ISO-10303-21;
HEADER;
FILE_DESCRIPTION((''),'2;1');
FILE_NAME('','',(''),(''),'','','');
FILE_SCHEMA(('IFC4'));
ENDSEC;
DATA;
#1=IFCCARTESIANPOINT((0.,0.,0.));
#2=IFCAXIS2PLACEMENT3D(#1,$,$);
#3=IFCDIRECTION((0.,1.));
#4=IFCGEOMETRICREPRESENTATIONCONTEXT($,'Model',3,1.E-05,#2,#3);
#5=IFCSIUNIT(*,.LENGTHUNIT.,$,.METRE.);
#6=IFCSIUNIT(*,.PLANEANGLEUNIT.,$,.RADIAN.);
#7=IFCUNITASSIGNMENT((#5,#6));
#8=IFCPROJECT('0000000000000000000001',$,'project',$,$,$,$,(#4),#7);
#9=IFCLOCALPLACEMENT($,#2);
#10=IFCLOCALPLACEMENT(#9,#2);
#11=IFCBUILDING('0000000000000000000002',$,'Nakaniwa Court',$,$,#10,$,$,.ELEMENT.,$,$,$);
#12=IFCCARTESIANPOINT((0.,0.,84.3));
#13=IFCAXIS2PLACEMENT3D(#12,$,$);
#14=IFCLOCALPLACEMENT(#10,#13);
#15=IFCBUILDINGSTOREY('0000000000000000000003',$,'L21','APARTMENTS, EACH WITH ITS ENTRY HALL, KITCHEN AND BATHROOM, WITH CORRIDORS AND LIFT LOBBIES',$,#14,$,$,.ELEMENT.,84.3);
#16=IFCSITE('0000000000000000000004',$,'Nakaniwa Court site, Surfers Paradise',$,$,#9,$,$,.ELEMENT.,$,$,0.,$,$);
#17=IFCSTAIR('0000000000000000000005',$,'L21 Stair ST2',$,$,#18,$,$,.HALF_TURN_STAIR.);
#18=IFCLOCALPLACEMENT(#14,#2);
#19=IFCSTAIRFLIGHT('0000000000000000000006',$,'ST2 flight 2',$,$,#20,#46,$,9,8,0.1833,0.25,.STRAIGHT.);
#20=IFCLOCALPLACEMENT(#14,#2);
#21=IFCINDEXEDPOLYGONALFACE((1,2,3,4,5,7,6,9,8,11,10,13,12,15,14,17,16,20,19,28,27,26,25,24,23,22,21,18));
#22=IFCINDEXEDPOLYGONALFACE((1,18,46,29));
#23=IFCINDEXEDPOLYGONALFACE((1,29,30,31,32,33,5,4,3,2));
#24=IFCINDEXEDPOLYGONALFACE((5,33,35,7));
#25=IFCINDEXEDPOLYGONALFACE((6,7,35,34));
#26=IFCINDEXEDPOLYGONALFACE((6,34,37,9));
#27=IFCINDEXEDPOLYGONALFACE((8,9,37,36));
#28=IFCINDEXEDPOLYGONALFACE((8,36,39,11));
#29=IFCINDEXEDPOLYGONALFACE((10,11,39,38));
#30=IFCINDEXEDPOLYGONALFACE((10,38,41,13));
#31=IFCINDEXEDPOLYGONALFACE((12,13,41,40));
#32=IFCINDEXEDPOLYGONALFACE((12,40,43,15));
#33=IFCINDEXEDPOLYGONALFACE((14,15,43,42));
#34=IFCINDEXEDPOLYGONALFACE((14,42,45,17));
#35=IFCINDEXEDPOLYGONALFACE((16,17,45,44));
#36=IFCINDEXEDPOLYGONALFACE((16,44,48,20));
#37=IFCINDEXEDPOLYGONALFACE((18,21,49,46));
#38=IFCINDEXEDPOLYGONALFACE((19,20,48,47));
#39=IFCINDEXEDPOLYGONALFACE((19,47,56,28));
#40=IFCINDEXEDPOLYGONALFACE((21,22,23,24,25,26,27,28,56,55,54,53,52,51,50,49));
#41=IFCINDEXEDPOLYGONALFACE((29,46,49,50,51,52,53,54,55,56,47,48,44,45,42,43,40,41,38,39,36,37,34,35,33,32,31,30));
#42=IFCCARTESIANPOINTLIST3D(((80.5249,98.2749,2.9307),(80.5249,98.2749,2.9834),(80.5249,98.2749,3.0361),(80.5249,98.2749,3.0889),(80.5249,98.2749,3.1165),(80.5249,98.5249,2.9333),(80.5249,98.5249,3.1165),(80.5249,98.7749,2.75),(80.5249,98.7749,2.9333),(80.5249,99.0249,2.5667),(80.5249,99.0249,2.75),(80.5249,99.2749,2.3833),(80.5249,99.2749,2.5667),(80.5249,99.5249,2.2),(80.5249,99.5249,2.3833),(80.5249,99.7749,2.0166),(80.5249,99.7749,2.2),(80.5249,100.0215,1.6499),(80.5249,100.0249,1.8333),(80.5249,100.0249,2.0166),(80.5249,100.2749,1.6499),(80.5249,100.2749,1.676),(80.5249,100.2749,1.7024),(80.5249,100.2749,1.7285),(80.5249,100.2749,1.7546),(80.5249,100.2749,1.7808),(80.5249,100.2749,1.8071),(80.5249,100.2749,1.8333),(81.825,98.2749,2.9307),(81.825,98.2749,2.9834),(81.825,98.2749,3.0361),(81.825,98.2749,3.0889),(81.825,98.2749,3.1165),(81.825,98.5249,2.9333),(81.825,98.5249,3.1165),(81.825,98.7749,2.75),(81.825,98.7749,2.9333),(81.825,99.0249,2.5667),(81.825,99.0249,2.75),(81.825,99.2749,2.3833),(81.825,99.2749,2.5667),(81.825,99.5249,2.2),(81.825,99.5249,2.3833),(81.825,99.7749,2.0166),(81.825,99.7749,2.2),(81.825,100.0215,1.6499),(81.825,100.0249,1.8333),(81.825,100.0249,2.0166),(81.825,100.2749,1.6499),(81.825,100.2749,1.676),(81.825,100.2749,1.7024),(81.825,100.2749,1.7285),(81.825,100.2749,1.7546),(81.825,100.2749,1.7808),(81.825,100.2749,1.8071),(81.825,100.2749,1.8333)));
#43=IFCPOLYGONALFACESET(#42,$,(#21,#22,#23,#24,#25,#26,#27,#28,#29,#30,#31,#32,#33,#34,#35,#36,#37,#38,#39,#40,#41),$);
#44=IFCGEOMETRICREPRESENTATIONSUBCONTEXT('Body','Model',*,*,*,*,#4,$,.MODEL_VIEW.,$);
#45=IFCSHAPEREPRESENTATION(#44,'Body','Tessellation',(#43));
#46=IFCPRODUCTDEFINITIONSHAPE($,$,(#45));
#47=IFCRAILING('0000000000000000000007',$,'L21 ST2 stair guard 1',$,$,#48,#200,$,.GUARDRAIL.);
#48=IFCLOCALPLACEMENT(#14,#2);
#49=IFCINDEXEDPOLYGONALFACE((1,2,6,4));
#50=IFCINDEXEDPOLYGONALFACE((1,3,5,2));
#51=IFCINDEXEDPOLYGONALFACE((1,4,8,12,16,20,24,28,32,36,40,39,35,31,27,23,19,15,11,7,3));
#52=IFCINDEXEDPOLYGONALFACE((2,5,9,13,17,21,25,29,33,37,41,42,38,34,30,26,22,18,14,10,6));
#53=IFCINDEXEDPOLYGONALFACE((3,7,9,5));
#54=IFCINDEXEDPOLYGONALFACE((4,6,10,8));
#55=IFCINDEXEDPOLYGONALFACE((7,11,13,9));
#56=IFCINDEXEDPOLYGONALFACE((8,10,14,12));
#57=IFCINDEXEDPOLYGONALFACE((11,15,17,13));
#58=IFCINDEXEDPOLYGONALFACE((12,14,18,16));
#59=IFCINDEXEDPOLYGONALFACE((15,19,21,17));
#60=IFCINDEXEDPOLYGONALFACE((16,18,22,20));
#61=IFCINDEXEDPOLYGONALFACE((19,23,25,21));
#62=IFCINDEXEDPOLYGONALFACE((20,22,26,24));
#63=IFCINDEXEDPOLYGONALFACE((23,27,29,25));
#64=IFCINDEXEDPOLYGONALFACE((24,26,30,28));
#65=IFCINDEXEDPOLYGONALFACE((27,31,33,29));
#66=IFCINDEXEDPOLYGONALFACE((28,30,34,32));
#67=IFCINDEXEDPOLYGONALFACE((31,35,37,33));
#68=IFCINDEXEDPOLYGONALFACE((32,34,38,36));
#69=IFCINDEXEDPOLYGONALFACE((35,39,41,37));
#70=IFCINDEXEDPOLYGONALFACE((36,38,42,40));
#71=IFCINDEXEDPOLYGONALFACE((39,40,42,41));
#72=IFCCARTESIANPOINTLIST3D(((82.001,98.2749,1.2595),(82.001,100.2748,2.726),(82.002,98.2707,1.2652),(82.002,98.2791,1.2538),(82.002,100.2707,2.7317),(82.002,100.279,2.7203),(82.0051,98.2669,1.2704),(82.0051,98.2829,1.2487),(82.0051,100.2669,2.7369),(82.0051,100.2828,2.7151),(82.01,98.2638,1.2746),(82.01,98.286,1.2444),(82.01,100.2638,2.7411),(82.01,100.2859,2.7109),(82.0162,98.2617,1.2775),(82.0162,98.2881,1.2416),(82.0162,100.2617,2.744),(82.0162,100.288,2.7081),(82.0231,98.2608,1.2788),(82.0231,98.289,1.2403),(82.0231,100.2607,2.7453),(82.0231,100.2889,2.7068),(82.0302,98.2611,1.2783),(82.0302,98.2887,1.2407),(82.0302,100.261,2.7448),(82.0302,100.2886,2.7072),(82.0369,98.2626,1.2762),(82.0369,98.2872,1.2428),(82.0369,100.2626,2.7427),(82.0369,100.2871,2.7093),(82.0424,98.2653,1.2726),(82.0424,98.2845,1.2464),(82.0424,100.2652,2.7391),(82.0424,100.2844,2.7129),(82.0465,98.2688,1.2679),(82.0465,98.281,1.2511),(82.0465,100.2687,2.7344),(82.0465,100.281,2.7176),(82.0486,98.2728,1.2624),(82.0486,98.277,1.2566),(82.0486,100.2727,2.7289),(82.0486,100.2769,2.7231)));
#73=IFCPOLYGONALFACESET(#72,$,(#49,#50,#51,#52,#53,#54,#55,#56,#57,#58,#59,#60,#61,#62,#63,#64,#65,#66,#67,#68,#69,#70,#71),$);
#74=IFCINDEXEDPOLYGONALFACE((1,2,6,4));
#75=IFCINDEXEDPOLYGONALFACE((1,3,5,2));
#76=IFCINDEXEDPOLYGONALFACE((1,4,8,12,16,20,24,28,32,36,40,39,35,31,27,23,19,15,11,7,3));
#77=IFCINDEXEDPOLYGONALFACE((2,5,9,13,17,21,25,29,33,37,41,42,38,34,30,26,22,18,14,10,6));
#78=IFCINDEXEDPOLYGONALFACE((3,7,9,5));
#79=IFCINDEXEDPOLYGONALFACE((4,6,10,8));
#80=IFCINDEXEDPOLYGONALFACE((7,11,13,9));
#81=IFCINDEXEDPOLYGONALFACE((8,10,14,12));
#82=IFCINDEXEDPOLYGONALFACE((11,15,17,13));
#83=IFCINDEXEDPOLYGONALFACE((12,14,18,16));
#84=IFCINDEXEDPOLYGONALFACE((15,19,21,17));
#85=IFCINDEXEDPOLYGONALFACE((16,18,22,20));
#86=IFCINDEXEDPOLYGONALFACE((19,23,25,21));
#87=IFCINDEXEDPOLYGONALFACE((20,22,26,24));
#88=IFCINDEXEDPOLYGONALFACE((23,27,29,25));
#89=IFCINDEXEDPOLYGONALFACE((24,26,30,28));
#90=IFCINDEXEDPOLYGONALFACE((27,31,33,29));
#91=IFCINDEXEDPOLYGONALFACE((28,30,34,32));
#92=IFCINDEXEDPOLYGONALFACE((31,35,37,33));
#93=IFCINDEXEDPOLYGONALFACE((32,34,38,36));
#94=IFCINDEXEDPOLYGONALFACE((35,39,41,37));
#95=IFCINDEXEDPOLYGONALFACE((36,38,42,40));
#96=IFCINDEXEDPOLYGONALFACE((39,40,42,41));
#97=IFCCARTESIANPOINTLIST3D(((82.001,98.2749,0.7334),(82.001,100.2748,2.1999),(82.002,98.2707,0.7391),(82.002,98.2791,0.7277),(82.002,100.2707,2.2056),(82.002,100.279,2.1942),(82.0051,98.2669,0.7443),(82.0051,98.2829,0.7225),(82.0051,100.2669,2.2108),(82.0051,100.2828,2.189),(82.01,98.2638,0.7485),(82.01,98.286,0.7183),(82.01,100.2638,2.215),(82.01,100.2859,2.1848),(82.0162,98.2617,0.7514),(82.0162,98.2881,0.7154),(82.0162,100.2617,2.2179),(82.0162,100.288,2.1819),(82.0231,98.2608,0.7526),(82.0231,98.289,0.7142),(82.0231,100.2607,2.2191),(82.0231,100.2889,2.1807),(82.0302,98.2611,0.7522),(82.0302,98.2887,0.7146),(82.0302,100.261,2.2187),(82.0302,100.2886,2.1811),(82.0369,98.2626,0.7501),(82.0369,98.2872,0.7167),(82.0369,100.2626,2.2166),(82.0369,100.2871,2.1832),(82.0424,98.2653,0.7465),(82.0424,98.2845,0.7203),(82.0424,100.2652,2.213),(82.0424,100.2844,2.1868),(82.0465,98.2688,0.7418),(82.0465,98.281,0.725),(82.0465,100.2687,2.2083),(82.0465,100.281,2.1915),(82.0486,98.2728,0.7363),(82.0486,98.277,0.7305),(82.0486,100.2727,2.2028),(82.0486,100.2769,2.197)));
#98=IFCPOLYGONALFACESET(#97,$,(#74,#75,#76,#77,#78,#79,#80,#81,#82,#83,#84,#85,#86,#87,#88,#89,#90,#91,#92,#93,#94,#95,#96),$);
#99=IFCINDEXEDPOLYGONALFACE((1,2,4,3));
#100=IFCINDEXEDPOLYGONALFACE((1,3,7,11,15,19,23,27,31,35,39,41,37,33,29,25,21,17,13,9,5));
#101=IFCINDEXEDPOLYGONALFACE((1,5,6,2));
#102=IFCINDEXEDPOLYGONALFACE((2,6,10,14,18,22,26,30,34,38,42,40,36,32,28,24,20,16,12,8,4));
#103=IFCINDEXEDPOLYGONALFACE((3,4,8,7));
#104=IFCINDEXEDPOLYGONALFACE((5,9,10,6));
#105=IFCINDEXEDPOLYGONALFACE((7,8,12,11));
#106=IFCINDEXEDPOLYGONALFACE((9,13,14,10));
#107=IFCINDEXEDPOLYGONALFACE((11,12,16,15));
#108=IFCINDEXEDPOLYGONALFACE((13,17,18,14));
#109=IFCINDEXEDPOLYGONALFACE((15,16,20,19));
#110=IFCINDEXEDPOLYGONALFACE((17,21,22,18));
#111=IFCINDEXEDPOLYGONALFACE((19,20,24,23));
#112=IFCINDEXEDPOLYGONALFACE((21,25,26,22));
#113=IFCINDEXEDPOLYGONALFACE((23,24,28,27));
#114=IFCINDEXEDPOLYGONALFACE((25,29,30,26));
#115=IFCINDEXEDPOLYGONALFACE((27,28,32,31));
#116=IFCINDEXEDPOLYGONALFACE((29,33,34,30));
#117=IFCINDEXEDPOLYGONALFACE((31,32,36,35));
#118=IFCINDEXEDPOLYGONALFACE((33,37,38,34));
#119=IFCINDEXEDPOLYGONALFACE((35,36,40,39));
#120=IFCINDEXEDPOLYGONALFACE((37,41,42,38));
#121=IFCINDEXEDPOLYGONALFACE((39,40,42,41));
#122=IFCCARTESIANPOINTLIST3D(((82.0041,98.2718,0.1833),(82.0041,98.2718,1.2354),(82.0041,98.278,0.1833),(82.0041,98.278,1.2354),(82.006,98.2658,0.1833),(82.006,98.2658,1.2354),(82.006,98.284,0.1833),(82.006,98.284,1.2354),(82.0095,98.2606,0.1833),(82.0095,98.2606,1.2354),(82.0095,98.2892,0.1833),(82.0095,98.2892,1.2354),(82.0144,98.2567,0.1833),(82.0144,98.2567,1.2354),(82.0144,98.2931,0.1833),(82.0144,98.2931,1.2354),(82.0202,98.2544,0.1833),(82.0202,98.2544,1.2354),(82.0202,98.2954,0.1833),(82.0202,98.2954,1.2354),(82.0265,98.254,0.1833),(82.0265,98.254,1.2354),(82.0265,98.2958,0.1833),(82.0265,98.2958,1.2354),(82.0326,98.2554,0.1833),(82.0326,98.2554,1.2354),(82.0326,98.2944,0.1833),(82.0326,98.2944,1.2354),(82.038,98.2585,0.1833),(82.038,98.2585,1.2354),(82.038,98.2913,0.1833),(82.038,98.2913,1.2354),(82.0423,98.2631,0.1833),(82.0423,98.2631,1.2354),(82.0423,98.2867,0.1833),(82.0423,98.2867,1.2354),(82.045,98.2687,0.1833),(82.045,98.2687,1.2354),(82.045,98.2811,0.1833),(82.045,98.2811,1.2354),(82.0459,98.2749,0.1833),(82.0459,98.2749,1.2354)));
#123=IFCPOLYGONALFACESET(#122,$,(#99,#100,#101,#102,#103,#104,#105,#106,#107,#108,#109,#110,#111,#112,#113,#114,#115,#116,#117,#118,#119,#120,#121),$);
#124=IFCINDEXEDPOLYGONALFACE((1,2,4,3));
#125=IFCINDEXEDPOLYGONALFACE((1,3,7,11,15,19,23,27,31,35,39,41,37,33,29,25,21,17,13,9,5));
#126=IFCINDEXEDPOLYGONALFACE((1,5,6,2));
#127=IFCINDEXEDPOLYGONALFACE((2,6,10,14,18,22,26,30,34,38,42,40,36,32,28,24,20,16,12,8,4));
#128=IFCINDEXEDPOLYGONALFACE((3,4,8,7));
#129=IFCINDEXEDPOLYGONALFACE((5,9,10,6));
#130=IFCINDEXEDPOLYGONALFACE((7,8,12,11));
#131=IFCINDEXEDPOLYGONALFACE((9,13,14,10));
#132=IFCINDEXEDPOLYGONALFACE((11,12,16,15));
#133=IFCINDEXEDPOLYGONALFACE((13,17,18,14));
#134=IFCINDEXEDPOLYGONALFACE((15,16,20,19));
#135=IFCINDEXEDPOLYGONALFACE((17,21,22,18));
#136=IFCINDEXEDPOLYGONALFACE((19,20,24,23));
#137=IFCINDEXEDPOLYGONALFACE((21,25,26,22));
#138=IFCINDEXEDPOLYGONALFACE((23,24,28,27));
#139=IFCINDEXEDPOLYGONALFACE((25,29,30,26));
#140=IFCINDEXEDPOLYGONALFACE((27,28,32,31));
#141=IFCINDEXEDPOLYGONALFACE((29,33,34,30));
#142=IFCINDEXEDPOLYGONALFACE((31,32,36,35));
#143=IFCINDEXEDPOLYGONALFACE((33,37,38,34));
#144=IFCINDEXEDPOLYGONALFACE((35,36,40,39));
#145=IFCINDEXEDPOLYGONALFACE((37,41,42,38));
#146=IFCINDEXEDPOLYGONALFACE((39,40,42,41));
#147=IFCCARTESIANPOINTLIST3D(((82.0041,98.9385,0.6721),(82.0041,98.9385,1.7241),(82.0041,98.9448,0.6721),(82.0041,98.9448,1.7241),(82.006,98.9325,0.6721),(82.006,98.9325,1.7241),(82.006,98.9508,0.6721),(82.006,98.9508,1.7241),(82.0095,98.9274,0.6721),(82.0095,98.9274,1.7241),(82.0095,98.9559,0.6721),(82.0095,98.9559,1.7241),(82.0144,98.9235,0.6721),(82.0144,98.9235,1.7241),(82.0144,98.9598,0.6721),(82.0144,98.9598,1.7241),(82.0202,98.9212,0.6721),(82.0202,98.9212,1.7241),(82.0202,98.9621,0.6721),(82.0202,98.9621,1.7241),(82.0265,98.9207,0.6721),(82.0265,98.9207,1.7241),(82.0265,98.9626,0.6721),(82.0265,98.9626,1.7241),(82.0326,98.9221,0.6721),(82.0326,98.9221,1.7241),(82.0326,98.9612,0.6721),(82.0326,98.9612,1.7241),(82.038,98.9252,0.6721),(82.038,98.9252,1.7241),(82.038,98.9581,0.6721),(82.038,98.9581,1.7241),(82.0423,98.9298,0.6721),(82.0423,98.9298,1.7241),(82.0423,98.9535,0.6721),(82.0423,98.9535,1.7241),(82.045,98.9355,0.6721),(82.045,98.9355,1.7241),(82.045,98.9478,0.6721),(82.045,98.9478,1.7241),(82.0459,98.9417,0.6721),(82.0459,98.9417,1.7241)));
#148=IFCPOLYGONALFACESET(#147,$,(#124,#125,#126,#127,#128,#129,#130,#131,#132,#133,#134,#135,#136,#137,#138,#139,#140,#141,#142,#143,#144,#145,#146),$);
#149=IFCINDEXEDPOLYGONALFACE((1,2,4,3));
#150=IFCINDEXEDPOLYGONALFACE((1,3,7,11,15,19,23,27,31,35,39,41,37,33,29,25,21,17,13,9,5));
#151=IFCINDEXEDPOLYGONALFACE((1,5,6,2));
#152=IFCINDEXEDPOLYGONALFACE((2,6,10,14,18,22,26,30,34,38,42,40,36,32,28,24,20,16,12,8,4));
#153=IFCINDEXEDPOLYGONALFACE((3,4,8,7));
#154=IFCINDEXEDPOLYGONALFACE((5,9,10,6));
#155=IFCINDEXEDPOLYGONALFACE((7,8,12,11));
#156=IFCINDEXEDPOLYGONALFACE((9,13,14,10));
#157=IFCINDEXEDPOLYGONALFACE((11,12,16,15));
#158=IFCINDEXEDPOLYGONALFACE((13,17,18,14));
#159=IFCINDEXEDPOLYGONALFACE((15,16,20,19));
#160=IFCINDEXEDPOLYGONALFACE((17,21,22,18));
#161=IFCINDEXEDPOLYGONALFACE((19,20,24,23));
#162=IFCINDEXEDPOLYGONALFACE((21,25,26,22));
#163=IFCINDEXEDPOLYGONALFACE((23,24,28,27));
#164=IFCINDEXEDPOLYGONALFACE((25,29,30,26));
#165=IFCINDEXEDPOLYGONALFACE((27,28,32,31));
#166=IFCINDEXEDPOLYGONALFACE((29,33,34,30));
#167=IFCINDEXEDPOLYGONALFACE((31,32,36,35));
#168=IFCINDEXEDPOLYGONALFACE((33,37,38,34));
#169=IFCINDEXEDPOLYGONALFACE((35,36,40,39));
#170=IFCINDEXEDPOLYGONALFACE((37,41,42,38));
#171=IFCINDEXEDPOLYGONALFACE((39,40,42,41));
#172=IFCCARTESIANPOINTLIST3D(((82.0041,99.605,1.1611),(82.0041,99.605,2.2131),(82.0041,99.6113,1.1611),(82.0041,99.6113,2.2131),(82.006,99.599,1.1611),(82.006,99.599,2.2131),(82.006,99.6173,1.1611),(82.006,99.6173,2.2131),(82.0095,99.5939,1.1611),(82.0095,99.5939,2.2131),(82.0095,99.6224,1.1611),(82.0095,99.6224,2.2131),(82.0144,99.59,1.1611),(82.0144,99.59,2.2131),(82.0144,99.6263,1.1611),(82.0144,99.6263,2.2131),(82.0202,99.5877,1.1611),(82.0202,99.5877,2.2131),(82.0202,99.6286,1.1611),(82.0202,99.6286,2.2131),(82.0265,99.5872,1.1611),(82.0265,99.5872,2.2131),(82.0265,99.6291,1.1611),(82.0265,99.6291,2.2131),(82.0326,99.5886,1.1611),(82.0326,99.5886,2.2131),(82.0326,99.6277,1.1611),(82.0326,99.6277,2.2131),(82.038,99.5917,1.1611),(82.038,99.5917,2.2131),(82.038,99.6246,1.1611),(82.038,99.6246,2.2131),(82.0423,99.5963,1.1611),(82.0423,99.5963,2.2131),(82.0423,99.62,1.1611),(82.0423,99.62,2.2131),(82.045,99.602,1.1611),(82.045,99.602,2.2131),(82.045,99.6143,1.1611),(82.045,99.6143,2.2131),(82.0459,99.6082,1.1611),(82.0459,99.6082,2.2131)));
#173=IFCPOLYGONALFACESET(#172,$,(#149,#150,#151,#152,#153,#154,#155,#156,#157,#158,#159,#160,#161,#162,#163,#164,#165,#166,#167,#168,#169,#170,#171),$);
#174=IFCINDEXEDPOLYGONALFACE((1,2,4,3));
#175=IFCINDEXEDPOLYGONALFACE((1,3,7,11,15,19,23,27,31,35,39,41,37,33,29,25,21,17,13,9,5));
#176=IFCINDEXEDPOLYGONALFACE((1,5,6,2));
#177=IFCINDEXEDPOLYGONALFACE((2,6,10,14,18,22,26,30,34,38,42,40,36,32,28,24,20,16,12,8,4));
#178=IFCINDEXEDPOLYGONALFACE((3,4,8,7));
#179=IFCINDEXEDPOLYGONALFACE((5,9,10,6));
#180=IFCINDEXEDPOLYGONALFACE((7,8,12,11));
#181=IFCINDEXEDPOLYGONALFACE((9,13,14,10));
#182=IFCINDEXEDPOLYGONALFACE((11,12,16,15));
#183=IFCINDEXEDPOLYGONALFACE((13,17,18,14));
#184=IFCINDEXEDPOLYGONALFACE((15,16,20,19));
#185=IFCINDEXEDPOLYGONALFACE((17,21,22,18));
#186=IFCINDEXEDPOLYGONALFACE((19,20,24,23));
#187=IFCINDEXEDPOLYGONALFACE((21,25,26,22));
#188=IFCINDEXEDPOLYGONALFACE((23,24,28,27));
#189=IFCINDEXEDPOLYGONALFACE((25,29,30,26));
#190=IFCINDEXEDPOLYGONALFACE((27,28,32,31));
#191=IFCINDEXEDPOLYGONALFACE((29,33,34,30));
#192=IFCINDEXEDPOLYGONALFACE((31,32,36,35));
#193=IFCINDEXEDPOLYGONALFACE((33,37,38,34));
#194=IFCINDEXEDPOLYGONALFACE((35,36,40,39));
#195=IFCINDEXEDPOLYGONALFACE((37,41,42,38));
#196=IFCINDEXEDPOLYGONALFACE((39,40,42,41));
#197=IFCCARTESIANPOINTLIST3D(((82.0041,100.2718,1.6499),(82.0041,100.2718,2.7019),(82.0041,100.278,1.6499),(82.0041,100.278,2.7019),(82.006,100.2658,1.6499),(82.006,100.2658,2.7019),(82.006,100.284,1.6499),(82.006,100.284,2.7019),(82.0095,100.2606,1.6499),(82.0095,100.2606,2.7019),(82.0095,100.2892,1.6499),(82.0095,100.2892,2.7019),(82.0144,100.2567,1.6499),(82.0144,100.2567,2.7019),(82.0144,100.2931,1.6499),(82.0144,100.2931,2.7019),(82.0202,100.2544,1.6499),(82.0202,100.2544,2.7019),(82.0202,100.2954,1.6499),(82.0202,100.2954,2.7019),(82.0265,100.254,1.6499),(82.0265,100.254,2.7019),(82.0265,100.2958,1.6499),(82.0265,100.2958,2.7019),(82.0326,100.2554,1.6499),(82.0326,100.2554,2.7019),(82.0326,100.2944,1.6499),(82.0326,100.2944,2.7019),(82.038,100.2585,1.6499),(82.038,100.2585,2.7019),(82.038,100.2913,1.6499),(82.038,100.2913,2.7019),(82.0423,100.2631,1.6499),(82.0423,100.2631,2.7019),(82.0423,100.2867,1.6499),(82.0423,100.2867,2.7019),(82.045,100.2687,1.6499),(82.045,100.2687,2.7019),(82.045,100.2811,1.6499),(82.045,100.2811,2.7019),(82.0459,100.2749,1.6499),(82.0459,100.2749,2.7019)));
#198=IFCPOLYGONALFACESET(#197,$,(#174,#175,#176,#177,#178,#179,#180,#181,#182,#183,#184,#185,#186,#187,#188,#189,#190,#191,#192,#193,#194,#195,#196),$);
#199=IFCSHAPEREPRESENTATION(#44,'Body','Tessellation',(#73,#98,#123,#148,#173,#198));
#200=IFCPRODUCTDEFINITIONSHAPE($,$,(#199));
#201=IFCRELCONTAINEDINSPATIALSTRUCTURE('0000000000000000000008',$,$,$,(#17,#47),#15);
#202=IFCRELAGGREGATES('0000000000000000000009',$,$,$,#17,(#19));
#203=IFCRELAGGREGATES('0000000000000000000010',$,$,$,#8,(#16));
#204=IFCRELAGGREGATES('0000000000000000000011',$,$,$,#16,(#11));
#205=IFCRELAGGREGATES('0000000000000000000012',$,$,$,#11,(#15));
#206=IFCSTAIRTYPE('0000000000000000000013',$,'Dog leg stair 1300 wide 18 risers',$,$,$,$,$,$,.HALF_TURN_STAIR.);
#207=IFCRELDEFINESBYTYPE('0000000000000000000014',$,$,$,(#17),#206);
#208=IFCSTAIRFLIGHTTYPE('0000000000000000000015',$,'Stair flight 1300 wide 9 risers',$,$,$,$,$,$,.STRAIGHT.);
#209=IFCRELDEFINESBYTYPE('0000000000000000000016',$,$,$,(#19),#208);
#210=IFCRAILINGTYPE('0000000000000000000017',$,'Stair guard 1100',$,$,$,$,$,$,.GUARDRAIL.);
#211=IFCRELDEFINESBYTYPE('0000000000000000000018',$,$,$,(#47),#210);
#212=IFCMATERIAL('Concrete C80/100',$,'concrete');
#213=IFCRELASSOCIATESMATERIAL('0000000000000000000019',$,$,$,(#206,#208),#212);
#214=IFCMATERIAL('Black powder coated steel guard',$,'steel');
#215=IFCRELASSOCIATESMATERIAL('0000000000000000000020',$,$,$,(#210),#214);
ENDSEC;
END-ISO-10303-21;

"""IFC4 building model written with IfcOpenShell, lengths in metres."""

from ifc_helpers import new_model, si_unit, direction, frame, origin, origin_2d, place, context, subcontext, project, spatial, polyline, circle, outline, extrude, material, type_object, element, aggregate, save


model = new_model("IFC4")

# Units and contexts
model_context = context("Model", 3, precision=1e-05, world=origin(), true_north=direction((0.0, 1.0)))
body_context = subcontext(model_context, "Body", "Model", "MODEL_VIEW")
ifc_project = project(units=[si_unit("LENGTHUNIT", "METRE"), si_unit("PLANEANGLEUNIT", "RADIAN")], contexts=[model_context])

# Site, building, storey
site_placement = place(None, origin())
site = spatial("IfcSite", under=ifc_project, at=site_placement, Name="Nakaniwa Court site, Surfers Paradise", CompositionType="ELEMENT", RefElevation=0.0)
building_placement = place(site_placement, origin())
building = spatial("IfcBuilding", under=site, at=building_placement, Name="Nakaniwa Court", CompositionType="ELEMENT")
storey_placement = place(building_placement, frame((0.0, 0.0, 84.3)))
storey = spatial("IfcBuildingStorey", under=building, at=storey_placement, Name="L21", Description="APARTMENTS, EACH WITH ITS ENTRY HALL, KITCHEN AND BATHROOM, WITH CORRIDORS AND LIFT LOBBIES", CompositionType="ELEMENT", Elevation=84.3)

# Shared definitions
ifc_material_1 = material(Name="Concrete C80/100", Category="concrete")

# Stair, stair flight
stair_type = type_object("IfcStairType", Name="Dog leg stair 1300 wide 18 risers", PredefinedType="HALF_TURN_STAIR", material=ifc_material_1)
stair_placement = place(storey_placement, origin())
stair = element("IfcStair", 1, at=stair_placement, inside=storey, type_object=stair_type, Name="L21 Stair ST2", PredefinedType="HALF_TURN_STAIR")
stair_flight_type = type_object("IfcStairFlightType", Name="Stair flight 1300 wide 9 risers", PredefinedType="STRAIGHT", material=ifc_material_1)
stair_flight_1_placement = place(storey_placement, frame((81.175, 100.2749, 1.6499), z_axis=(0.0, 0.0, 1.0), x_axis=(0.0, -1.0, 0.0)))
stair_flight_1 = element("IfcStairFlight", 2, at=stair_flight_1_placement, type_object=stair_flight_type, Name="ST2 flight 2", NumberOfRisers=9, NumberOfTreads=8, PredefinedType="STRAIGHT", RiserHeight=0.1833, TreadLength=0.25, context=body_context, shape_type="SweptSolid", body=[
    extrude(outline(polyline([(0.0, 0.0), (0.0, 0.0261), (0.0, 0.0525), (0.0, 0.0786), (0.0, 0.1047), (0.0, 0.1309), (0.0, 0.1572), (0.0, 0.1833), (0.25, 0.1833), (0.25, 0.3667), (0.5, 0.3667), (0.5, 0.55), (0.75, 0.55), (0.75, 0.7334), (1.0, 0.7334), (1.0, 0.9167), (1.25, 0.9167), (1.25, 1.1001), (1.5, 1.1001), (1.5, 1.2834), (1.75, 1.2834), (1.75, 1.4666), (2.0, 1.4666), (2.0, 1.6499), (2.0, 1.5972), (2.0, 1.5444), (2.0, 1.4917), (2.0, 1.439), (2.0, 1.3862), (2.0, 1.3335), (2.0, 1.2808), (0.2534, 0.0), (0.0, 0.0)])), frame((0.0, 0.6499, 0.0), z_axis=(0.0, -1.0, 0.0), x_axis=(1.0, 0.0, 0.0)), (0.0, 0.0, 1.0), 1.3),
])
aggregate(stair, [stair_flight_1])

# Railing
ifc_material_2 = material(Name="Black powder coated steel guard", Category="steel")
railing_type_1 = type_object("IfcRailingType", Name="Stair guard 1100", PredefinedType="GUARDRAIL", material=ifc_material_2)
railing_1_placement = place(storey_placement, frame((82.0249, 98.2749, 0.1833)))
element("IfcRailing", 3, at=railing_1_placement, inside=storey, type_object=railing_type_1, Name="L21 ST2 stair guard 1", PredefinedType="GUARDRAIL", context=body_context, shape_type="SweptSolid", body=[
    extrude(circle(Radius=0.0239, at=origin_2d()), frame((0.0, 0.0, 1.0762), z_axis=(0.0, 0.806427, 0.591334), x_axis=(-1.0, 0.0, 0.0)), (0.0, 0.0, 1.0), 2.48),
    extrude(circle(Radius=0.0239, at=origin_2d()), frame((0.0, 0.0, 0.55), z_axis=(0.0, 0.806427, 0.591334), x_axis=(-1.0, 0.0, 0.0)), (0.0, 0.0, 1.0), 2.48),
    extrude(circle(Radius=0.021, at=origin_2d()), origin(), (0.0, 0.0, 1.0), 1.052),
    extrude(circle(Radius=0.021, at=origin_2d()), frame((0.0, 0.6667, 0.4888)), (0.0, 0.0, 1.0), 1.052),
    extrude(circle(Radius=0.021, at=origin_2d()), frame((0.0, 1.3333, 0.9778)), (0.0, 0.0, 1.0), 1.052),
    extrude(circle(Radius=0.021, at=origin_2d()), frame((0.0, 2.0, 1.4666)), (0.0, 0.0, 1.0), 1.052),
])

save(model, "model.ifc")
